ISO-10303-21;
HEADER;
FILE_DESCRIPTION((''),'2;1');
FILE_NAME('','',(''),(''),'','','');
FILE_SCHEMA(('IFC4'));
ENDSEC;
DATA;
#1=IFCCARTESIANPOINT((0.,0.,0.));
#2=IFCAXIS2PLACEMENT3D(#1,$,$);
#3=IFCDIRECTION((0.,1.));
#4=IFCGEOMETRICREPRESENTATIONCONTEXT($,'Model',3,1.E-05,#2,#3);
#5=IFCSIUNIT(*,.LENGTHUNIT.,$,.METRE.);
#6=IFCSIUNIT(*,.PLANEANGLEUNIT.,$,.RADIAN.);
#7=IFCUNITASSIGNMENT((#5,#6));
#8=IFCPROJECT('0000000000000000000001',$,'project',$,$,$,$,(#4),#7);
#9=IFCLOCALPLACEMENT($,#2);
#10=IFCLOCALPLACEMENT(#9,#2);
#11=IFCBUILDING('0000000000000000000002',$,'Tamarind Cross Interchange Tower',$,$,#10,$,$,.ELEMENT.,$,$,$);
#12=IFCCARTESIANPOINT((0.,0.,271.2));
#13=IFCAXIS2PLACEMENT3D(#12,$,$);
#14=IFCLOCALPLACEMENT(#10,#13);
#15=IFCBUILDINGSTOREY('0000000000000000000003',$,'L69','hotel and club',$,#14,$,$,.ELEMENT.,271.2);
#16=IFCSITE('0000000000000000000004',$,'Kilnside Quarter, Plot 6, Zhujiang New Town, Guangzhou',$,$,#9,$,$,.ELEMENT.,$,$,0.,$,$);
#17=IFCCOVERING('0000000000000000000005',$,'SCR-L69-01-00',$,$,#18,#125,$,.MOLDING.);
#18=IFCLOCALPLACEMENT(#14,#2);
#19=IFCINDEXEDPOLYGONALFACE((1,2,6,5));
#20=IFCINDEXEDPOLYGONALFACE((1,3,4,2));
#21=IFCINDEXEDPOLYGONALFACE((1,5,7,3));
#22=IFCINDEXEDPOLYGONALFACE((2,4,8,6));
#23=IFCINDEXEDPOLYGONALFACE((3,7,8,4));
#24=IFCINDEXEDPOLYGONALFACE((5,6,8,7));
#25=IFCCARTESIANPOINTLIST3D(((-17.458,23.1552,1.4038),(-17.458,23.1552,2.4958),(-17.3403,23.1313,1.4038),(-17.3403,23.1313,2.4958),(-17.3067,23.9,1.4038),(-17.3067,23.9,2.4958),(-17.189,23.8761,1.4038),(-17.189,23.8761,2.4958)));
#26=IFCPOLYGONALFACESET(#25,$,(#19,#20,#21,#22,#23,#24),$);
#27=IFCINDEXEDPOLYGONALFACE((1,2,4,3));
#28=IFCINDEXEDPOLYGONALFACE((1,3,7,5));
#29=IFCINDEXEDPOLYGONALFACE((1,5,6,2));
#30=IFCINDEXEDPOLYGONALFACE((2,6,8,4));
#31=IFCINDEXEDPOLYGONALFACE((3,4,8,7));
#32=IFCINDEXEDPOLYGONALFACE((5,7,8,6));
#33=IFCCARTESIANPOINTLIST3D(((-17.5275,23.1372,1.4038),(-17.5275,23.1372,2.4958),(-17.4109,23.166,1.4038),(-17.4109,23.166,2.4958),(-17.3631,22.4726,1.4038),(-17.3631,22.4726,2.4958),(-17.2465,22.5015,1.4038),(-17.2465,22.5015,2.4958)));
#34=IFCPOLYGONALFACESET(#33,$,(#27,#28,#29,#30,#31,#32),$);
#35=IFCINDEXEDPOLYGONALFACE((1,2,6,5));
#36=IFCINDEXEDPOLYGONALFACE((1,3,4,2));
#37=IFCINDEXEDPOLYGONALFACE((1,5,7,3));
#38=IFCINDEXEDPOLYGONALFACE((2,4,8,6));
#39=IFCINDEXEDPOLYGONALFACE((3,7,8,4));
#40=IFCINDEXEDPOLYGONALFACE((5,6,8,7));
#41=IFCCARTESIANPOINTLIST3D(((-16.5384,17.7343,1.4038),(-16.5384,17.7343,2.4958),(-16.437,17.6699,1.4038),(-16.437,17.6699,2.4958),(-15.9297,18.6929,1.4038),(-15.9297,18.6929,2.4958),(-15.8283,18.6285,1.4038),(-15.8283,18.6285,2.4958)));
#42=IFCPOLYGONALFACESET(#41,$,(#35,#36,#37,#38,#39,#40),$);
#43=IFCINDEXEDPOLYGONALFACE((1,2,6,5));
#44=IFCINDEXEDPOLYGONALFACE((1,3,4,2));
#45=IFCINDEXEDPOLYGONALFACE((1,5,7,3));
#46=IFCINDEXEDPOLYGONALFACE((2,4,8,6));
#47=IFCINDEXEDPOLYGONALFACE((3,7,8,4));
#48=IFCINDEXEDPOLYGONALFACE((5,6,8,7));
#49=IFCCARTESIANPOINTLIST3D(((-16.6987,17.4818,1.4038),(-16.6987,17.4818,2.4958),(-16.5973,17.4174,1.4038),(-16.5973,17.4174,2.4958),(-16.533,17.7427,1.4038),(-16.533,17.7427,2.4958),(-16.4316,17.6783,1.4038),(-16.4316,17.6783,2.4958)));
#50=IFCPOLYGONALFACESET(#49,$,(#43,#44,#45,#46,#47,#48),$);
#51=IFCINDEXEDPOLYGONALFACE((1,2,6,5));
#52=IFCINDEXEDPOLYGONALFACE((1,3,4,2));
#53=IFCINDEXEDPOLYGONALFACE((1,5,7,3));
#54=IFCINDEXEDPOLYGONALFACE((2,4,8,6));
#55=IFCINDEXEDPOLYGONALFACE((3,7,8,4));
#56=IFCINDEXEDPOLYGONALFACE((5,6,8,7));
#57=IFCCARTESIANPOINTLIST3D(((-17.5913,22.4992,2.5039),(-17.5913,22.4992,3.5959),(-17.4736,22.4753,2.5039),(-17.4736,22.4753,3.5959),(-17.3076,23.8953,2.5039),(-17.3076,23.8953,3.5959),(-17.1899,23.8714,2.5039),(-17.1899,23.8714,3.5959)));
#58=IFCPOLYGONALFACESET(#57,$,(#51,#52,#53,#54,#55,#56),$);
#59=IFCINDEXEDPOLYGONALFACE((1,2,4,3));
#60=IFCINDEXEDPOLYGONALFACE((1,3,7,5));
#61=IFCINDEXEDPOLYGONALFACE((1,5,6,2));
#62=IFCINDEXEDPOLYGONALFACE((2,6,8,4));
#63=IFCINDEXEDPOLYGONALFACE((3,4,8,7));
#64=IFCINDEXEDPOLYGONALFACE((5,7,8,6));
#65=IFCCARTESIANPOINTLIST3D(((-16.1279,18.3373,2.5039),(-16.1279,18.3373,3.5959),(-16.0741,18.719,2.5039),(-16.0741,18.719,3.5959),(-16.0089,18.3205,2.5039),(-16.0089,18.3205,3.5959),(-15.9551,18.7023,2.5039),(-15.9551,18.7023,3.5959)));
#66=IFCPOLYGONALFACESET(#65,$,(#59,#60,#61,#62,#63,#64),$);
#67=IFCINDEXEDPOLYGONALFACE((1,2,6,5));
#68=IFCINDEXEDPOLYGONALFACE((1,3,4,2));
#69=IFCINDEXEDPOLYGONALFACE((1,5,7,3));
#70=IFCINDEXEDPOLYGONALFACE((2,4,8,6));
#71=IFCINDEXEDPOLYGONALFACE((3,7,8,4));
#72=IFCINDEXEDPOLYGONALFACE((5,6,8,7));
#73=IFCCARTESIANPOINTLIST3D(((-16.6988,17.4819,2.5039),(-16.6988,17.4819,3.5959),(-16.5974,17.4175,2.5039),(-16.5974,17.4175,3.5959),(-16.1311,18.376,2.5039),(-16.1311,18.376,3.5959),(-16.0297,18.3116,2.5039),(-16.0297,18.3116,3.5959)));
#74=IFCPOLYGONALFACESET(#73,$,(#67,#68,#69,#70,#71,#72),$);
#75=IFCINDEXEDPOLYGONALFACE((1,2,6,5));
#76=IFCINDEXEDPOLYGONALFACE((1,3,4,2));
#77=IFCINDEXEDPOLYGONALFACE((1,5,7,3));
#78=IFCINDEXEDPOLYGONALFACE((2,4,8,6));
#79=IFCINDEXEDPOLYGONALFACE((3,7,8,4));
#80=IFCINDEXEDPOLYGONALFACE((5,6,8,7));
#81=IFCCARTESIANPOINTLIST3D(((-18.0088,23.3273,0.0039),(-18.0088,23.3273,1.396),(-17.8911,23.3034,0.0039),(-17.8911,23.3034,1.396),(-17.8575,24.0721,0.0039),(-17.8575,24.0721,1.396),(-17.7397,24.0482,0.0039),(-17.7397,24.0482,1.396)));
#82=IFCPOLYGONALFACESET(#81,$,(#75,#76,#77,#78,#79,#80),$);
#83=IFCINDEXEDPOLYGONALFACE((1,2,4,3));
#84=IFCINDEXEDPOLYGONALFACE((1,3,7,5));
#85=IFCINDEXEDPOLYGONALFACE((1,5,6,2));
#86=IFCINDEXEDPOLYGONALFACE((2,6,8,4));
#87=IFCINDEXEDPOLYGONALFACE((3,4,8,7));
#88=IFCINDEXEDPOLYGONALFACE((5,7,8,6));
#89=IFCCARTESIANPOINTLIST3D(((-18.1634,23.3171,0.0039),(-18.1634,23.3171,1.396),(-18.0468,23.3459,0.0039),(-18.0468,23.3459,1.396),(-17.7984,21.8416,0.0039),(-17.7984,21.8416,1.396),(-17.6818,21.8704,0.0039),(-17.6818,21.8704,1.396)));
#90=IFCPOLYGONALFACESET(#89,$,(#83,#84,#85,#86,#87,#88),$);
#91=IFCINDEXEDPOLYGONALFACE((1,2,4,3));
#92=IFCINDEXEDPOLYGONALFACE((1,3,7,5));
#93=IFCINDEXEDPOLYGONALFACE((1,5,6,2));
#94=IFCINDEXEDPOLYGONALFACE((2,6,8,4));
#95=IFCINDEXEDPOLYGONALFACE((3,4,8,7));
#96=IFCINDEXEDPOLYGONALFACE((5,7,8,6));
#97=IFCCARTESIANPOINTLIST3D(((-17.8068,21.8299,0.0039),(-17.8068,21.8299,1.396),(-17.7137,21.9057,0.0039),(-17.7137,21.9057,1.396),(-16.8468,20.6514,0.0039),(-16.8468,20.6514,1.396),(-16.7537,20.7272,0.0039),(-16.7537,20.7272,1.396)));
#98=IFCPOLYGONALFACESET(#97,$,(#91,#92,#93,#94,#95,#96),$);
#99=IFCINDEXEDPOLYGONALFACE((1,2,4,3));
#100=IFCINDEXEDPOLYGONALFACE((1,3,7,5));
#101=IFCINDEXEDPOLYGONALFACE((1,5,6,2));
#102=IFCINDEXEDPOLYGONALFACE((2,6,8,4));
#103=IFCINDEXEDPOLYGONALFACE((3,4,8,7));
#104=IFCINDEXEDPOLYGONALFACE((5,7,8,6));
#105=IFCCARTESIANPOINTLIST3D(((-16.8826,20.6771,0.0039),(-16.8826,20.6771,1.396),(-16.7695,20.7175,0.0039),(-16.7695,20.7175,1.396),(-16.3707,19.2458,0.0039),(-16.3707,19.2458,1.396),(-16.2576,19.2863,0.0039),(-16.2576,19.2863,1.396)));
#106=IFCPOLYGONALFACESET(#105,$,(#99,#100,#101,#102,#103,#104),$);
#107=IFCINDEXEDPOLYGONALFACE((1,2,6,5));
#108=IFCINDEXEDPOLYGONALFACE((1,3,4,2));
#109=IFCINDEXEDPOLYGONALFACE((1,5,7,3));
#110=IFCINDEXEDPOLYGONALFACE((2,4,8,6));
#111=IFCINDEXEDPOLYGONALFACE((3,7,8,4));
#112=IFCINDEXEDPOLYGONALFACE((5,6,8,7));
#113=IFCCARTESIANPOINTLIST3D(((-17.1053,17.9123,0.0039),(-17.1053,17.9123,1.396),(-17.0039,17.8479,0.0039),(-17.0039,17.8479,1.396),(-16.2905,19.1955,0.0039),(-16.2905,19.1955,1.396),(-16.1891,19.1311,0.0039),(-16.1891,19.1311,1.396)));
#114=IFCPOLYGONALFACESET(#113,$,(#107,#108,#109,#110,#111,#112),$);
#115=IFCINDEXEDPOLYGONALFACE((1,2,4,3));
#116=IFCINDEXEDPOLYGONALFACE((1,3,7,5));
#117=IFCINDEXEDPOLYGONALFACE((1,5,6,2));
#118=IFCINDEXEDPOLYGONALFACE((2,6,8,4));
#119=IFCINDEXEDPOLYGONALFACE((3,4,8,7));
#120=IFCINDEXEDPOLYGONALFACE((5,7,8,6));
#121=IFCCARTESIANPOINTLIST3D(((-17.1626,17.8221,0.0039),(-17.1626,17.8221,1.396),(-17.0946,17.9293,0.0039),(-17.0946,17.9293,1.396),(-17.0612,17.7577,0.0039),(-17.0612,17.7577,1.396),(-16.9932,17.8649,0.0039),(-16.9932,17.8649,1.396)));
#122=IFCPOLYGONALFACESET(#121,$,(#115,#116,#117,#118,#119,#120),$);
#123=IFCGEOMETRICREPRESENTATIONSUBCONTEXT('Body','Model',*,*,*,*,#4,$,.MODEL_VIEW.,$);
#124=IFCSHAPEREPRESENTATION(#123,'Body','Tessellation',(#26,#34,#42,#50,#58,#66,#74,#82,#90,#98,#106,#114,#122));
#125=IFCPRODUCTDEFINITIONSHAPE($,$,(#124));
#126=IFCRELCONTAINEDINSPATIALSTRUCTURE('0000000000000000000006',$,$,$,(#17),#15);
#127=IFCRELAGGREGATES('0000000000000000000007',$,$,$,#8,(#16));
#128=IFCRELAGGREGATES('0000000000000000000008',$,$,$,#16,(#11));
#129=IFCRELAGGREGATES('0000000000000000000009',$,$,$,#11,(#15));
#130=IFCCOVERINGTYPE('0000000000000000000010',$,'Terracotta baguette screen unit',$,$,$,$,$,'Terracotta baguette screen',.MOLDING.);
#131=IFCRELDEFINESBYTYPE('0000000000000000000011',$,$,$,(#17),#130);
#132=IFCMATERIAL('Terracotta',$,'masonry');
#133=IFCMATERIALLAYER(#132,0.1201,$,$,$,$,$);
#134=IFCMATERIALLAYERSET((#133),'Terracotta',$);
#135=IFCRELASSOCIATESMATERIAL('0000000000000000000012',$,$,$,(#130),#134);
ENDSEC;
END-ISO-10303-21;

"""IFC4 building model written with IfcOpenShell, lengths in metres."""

from ifc_helpers import new_model, si_unit, direction, frame, origin, origin_2d, place, context, subcontext, project, spatial, rectangle, extrude, material, layer, layer_set, type_object, element, save


model = new_model("IFC4")

# Units and contexts
model_context = context("Model", 3, precision=1e-05, world=origin(), true_north=direction((0.0, 1.0)))
body_context = subcontext(model_context, "Body", "Model", "MODEL_VIEW")
ifc_project = project(units=[si_unit("LENGTHUNIT", "METRE"), si_unit("PLANEANGLEUNIT", "RADIAN")], contexts=[model_context])

# Site, building, storey
site_placement = place(None, origin())
site = spatial("IfcSite", under=ifc_project, at=site_placement, Name="Kilnside Quarter, Plot 6, Zhujiang New Town, Guangzhou", CompositionType="ELEMENT", RefElevation=0.0)
building_placement = place(site_placement, origin())
building = spatial("IfcBuilding", under=site, at=building_placement, Name="Tamarind Cross Interchange Tower", CompositionType="ELEMENT")
storey_placement = place(building_placement, frame((0.0, 0.0, 271.2)))
storey = spatial("IfcBuildingStorey", under=building, at=storey_placement, Name="L69", Description="hotel and club", CompositionType="ELEMENT", Elevation=271.2)

# Covering
ifc_material_1 = material(Name="Terracotta", Category="masonry")
ifc_layer_1 = layer(ifc_material_1, 0.1201)
ifc_layer_set_1 = layer_set([ifc_layer_1], Name="Terracotta")
covering_type = type_object("IfcCoveringType", Name="Terracotta baguette screen unit", ElementType="Terracotta baguette screen", PredefinedType="MOLDING", material=ifc_layer_set_1)
covering_1_placement = place(storey_placement, origin())
element("IfcCovering", 1, at=covering_1_placement, inside=storey, type_object=covering_type, Name="SCR-L69-01-00", PredefinedType="MOLDING", context=body_context, shape_type="SweptSolid", body=[
    extrude(rectangle(XDim=0.76, YDim=0.1201, at=origin_2d()), frame((-17.3235, 23.5156, 1.4038), z_axis=(0.0, 0.0, 1.0), x_axis=(-0.199135, -0.979972, 0.0)), (0.0, 0.0, 1.0), 1.092),
    extrude(rectangle(XDim=0.6846, YDim=0.1201, at=origin_2d()), frame((-17.387, 22.8193, 1.4038), z_axis=(0.0, 0.0, 1.0), x_axis=(0.24016, -0.970733, 0.0)), (0.0, 0.0, 1.0), 1.092),
    extrude(rectangle(XDim=1.1355, YDim=0.1201, at=origin_2d()), frame((-16.1833, 18.1814, 1.4038), z_axis=(0.0, 0.0, 1.0), x_axis=(-0.536024, -0.844203, 0.0)), (0.0, 0.0, 1.0), 1.092),
    extrude(rectangle(XDim=0.3091, YDim=0.1201, at=origin_2d()), frame((-16.5652, 17.5801, 1.4038), z_axis=(0.0, 0.0, 1.0), x_axis=(-0.536024, -0.844203, 0.0)), (0.0, 0.0, 1.0), 1.092),
    extrude(rectangle(XDim=1.4246, YDim=0.1201, at=origin_2d()), frame((-17.3906, 23.1853, 2.5039), z_axis=(0.0, 0.0, 1.0), x_axis=(-0.199135, -0.979972, 0.0)), (0.0, 0.0, 1.0), 1.092),
    extrude(rectangle(XDim=0.3855, YDim=0.1201, at=origin_2d()), frame((-16.0415, 18.5198, 2.5039), z_axis=(0.0, 0.0, 1.0), x_axis=(-0.139625, -0.990204, 0.0)), (0.0, 0.0, 1.0), 1.092),
    extrude(rectangle(XDim=1.0591, YDim=0.1201, at=origin_2d()), frame((-16.3643, 17.8967, 2.5039), z_axis=(0.0, 0.0, 1.0), x_axis=(-0.536024, -0.844203, 0.0)), (0.0, 0.0, 1.0), 1.092),
    extrude(rectangle(XDim=0.76, YDim=0.1201, at=origin_2d()), frame((-17.8743, 23.6877, 0.0039), z_axis=(0.0, 0.0, 1.0), x_axis=(-0.199135, -0.979972, 0.0)), (0.0, 0.0, 1.0), 1.3921),
    extrude(rectangle(XDim=1.52, YDim=0.1201, at=origin_2d()), frame((-17.9226, 22.5938, 0.0039), z_axis=(0.0, 0.0, 1.0), x_axis=(0.24016, -0.970733, 0.0)), (0.0, 0.0, 1.0), 1.3921),
    extrude(rectangle(XDim=1.52, YDim=0.1201, at=origin_2d()), frame((-17.2803, 21.2786, 0.0039), z_axis=(0.0, 0.0, 1.0), x_axis=(0.631568, -0.77532, 0.0)), (0.0, 0.0, 1.0), 1.3921),
    extrude(rectangle(XDim=1.52, YDim=0.1201, at=origin_2d()), frame((-16.5701, 19.9817, 0.0039), z_axis=(0.0, 0.0, 1.0), x_axis=(0.336758, -0.941591, 0.0)), (0.0, 0.0, 1.0), 1.3921),
    extrude(rectangle(XDim=1.52, YDim=0.1201, at=origin_2d()), frame((-16.6472, 18.5217, 0.0039), z_axis=(0.0, 0.0, 1.0), x_axis=(-0.536024, -0.844203, 0.0)), (0.0, 0.0, 1.0), 1.3921),
    extrude(rectangle(XDim=0.127, YDim=0.1201, at=origin_2d()), frame((-17.0779, 17.8435, 0.0039), z_axis=(0.0, 0.0, 1.0), x_axis=(-0.536024, -0.844203, 0.0)), (0.0, 0.0, 1.0), 1.3921),
])

save(model, "model.ifc")
